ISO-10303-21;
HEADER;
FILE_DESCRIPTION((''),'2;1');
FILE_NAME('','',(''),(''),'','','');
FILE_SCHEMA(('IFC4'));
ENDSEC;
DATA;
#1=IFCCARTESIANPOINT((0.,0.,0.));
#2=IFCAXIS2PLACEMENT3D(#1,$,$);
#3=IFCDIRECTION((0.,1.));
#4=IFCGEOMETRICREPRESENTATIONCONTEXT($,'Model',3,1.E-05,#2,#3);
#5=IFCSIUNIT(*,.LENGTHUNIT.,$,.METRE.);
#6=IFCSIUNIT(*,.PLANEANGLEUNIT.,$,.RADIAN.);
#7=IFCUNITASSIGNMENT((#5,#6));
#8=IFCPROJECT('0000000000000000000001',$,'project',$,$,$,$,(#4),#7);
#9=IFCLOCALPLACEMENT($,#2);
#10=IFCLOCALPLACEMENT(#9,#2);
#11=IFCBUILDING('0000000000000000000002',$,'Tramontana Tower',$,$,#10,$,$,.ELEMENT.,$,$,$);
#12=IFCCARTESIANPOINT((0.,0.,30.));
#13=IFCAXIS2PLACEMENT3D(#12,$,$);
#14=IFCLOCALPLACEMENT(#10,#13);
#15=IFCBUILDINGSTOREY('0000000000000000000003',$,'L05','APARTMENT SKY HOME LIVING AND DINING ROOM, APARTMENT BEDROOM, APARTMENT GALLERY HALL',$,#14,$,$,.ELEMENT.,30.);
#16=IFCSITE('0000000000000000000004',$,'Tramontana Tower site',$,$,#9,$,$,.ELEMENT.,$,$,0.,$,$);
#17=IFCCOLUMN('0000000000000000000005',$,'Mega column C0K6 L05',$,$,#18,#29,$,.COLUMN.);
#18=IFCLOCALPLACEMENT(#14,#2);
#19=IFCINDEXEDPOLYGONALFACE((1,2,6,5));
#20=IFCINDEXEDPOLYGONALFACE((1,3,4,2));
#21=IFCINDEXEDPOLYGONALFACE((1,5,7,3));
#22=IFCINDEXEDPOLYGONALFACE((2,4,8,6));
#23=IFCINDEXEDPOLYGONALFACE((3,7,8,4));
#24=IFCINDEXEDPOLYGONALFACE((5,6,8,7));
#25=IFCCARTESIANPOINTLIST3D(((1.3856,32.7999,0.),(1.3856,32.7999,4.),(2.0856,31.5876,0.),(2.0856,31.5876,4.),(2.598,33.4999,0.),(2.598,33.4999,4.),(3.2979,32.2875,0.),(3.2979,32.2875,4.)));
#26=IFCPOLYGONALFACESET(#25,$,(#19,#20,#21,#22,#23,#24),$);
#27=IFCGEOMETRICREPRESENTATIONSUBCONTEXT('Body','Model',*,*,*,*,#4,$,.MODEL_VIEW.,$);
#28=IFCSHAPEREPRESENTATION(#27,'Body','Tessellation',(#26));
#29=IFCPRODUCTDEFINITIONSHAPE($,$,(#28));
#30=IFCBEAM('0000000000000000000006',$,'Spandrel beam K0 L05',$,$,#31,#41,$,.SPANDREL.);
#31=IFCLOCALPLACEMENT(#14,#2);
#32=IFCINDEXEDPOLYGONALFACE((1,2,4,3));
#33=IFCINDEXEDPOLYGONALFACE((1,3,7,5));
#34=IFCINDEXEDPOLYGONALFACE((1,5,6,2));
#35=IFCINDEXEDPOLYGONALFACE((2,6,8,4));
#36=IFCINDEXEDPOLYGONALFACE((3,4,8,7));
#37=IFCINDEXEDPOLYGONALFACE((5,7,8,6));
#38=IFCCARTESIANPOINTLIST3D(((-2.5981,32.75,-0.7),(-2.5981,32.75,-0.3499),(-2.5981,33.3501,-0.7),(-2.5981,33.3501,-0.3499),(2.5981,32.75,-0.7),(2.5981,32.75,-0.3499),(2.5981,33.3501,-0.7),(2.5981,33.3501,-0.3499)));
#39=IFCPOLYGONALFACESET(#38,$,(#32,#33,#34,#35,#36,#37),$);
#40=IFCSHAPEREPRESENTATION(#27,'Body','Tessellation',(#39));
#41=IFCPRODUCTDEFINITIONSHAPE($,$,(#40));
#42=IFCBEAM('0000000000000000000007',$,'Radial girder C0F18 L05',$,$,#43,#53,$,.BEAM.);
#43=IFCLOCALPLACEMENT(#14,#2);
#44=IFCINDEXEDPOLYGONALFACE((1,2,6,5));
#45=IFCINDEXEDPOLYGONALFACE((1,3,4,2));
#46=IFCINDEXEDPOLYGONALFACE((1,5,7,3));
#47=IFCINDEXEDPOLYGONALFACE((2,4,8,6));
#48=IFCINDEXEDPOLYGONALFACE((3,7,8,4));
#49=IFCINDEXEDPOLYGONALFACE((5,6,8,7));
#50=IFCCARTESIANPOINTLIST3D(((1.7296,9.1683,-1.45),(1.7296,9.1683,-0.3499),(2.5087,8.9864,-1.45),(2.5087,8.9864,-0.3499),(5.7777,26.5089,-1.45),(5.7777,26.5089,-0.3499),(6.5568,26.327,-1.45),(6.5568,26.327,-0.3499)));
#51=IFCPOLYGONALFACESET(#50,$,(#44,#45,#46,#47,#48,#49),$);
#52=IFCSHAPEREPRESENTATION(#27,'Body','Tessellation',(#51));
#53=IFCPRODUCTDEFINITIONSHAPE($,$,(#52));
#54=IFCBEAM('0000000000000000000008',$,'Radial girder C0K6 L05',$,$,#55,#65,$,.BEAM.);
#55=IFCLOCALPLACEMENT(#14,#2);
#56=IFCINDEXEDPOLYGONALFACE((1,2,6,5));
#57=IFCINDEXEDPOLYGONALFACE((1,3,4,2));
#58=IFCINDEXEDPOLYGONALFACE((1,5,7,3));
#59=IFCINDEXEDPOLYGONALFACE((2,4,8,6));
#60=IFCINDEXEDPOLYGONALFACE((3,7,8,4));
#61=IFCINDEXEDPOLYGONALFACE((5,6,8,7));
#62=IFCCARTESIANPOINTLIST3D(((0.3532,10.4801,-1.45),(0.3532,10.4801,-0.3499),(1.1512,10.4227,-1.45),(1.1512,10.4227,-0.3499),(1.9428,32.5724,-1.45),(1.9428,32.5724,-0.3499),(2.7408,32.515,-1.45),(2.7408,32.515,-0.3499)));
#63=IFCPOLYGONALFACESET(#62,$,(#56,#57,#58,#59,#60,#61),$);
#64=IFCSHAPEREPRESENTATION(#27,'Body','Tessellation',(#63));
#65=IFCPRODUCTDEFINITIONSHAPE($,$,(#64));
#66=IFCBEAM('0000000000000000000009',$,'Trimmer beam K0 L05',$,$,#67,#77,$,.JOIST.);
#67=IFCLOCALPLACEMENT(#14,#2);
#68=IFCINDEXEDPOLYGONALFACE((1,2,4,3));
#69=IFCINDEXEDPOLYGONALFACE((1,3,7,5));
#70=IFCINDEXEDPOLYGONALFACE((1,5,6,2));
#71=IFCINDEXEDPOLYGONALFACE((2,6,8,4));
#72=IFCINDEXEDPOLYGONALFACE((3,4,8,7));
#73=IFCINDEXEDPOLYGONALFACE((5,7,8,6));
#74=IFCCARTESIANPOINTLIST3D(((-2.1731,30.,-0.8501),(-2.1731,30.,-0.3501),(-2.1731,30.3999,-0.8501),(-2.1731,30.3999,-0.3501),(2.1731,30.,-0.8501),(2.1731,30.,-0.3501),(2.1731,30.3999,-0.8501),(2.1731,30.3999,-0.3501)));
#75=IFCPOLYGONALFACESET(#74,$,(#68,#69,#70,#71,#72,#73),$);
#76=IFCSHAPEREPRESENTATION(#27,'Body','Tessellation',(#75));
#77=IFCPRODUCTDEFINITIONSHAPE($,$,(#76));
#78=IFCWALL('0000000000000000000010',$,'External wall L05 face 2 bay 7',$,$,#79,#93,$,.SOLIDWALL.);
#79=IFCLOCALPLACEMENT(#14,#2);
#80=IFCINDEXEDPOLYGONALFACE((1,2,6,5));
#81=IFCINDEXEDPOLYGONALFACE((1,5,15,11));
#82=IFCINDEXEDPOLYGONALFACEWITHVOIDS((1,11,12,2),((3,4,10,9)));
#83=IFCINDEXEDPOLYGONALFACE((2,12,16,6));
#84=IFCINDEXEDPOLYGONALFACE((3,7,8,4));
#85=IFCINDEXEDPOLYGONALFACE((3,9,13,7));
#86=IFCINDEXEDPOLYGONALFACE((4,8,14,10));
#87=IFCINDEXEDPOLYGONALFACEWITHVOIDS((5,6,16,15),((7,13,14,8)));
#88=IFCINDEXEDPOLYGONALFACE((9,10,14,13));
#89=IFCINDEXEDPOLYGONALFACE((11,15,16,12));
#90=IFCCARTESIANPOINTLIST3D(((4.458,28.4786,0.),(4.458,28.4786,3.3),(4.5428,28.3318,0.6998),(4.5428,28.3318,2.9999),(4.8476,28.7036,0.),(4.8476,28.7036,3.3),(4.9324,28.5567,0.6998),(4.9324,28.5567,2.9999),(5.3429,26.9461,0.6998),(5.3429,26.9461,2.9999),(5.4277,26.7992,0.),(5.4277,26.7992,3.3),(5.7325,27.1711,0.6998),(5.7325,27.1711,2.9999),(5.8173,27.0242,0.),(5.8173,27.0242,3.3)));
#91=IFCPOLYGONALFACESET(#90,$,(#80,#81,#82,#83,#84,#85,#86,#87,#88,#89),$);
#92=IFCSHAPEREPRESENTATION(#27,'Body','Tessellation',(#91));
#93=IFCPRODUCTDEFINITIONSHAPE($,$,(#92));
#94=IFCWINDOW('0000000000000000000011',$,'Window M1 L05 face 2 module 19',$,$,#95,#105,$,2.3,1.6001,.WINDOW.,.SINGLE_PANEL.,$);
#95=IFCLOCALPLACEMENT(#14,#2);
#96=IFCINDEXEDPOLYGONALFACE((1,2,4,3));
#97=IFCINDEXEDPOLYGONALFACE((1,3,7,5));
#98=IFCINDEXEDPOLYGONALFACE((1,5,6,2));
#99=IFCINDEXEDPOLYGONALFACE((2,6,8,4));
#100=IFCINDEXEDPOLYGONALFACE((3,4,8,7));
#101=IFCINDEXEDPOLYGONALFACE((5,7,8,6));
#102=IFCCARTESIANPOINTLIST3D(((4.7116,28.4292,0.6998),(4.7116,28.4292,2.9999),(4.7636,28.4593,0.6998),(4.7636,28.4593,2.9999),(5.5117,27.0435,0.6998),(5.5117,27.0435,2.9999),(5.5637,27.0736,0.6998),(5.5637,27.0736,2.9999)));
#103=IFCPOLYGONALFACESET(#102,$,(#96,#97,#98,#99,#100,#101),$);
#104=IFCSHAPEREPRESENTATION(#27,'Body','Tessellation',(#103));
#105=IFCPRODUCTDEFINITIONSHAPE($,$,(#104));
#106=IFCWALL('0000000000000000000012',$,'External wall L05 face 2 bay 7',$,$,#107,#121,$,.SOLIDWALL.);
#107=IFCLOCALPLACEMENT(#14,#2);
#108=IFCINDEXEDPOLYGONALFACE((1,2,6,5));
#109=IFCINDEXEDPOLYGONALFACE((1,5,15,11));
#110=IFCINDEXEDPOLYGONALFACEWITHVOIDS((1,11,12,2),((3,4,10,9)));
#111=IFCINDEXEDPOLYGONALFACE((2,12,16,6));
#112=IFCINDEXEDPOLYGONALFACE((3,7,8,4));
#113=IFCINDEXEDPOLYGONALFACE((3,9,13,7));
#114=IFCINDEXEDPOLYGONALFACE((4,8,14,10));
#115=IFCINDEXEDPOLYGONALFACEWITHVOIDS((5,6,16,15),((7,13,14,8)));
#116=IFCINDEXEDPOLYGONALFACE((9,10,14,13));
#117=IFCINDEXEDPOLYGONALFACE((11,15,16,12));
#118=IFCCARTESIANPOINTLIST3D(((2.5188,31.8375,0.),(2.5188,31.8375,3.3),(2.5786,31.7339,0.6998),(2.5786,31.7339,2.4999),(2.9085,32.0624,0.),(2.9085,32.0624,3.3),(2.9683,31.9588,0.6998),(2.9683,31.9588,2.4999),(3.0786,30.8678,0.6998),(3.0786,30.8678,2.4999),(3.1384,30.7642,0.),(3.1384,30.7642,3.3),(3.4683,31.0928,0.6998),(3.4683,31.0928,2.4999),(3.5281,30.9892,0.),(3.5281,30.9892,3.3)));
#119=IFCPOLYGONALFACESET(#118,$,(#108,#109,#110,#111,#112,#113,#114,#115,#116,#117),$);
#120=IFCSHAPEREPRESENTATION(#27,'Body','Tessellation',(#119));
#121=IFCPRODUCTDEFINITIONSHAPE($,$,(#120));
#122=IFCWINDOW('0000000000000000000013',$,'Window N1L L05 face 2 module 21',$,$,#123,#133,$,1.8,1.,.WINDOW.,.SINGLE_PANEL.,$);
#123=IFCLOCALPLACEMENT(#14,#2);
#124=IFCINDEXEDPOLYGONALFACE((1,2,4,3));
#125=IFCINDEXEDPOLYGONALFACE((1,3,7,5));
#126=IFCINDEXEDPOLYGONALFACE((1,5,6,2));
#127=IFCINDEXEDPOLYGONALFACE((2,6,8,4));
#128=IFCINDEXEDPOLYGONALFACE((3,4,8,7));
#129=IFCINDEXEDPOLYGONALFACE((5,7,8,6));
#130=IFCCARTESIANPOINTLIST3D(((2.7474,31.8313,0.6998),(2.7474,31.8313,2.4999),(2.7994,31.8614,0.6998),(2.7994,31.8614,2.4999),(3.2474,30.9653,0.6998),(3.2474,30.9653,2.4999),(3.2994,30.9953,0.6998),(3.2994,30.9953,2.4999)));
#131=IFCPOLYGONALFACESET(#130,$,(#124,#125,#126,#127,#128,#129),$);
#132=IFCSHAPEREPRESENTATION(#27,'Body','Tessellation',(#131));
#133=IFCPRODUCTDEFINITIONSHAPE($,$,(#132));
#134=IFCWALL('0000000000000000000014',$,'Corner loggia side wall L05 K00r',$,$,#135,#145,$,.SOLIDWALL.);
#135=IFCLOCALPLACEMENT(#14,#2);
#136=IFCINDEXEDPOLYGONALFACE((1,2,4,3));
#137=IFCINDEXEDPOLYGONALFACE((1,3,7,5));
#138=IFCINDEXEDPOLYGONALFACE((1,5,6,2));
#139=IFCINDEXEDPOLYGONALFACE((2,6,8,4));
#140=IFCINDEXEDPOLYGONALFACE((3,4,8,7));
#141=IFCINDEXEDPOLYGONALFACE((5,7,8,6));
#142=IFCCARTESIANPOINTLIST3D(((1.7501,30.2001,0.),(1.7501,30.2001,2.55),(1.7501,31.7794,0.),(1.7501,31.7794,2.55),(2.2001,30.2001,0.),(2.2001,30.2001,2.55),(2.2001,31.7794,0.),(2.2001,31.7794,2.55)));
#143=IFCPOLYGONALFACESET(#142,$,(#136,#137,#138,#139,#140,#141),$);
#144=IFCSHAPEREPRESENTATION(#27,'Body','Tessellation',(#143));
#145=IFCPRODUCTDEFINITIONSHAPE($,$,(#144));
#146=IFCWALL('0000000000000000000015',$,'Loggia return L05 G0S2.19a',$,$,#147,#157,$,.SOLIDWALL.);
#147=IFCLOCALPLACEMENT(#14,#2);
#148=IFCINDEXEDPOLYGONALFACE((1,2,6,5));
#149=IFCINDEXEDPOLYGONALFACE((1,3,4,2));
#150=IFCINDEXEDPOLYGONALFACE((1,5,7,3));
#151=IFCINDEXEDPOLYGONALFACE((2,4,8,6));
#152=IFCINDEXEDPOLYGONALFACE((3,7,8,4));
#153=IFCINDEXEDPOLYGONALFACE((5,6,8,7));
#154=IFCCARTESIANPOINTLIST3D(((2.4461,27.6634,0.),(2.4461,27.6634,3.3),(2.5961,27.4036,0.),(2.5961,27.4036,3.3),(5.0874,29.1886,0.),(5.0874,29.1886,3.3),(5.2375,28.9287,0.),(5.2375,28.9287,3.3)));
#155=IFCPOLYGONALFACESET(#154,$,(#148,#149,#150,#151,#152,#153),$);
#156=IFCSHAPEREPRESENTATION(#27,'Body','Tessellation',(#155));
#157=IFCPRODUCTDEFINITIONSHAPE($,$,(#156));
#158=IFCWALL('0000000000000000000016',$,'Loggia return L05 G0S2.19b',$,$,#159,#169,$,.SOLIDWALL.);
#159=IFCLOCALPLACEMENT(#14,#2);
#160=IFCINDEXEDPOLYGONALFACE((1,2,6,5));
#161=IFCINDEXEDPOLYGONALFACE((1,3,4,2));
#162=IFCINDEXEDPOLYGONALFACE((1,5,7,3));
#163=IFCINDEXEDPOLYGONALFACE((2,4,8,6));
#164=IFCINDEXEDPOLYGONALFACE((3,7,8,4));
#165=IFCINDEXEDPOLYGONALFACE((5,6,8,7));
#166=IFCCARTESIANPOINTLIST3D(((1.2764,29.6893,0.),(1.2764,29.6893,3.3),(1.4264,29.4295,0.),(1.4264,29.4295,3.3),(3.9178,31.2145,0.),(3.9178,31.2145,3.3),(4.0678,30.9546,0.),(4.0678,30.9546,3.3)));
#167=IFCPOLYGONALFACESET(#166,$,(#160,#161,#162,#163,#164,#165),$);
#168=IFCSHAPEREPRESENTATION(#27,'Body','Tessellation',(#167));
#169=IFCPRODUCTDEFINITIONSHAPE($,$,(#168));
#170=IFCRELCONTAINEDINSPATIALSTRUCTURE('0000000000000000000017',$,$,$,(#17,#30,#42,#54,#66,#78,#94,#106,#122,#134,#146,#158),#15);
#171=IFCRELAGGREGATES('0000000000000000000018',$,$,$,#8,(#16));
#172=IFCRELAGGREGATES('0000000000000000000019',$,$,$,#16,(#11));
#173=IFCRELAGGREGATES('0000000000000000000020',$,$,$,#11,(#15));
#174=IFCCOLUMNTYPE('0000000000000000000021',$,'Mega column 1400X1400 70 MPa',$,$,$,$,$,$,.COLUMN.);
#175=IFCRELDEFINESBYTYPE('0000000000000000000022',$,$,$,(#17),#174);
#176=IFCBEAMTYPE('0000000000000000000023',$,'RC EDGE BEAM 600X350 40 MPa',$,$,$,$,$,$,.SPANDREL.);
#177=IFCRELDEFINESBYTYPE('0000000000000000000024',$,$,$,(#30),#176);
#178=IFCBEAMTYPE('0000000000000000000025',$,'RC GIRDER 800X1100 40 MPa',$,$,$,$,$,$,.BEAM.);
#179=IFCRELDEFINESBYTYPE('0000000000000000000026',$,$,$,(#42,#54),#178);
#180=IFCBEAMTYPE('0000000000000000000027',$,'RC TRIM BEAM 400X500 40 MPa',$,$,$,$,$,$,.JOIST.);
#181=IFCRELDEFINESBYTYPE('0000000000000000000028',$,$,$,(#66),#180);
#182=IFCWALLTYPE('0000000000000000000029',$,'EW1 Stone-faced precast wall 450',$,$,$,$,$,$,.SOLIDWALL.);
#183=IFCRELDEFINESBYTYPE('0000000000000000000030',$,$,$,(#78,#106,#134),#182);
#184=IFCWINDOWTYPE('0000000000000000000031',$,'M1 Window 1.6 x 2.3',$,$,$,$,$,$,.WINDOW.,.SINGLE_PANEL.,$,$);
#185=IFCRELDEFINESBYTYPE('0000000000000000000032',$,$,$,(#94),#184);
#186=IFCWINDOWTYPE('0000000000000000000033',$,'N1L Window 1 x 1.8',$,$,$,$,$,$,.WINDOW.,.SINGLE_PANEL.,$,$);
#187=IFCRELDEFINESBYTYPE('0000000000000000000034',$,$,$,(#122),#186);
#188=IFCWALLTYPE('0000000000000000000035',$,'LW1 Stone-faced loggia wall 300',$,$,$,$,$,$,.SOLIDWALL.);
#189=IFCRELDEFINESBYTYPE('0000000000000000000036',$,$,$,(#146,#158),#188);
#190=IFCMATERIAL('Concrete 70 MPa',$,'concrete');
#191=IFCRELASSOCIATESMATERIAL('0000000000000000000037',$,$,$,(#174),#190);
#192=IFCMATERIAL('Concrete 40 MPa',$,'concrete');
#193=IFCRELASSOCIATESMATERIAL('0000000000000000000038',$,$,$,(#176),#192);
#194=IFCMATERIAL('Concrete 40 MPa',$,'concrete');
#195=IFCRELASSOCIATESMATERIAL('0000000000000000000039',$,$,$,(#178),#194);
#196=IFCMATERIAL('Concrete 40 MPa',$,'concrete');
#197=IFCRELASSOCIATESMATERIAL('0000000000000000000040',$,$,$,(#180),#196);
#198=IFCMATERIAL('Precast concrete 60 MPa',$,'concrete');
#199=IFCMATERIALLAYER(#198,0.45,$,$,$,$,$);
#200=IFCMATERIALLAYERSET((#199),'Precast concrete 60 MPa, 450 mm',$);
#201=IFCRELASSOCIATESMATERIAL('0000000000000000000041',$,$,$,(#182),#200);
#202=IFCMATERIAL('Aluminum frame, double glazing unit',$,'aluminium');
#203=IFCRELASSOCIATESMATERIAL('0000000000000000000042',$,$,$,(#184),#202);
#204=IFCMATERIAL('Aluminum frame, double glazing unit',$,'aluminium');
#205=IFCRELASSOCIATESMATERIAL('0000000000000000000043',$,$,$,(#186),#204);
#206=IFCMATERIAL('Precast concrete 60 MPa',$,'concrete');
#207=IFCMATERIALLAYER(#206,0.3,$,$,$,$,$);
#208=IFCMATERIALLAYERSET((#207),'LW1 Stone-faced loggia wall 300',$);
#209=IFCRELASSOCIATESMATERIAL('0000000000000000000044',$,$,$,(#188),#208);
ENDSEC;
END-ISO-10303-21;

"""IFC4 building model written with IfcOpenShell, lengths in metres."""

from ifc_helpers import new_model, si_unit, direction, frame, frame_2d, origin, origin_2d, place, context, subcontext, project, spatial, rectangle, extrude, material, layer, layer_set, material_profile, profile_set, type_object, element, fill, save


model = new_model("IFC4")

# Units and contexts
model_context = context("Model", 3, precision=1e-05, world=origin(), true_north=direction((0.0, 1.0)))
body_context = subcontext(model_context, "Body", "Model", "MODEL_VIEW")
ifc_project = project(units=[si_unit("LENGTHUNIT", "METRE"), si_unit("PLANEANGLEUNIT", "RADIAN")], contexts=[model_context])

# Site, building, storey
site_placement = place(None, origin())
site = spatial("IfcSite", under=ifc_project, at=site_placement, Name="Tramontana Tower site", CompositionType="ELEMENT", RefElevation=0.0)
building_placement = place(site_placement, origin())
building = spatial("IfcBuilding", under=site, at=building_placement, Name="Tramontana Tower", CompositionType="ELEMENT")
storey_placement = place(building_placement, frame((0.0, 0.0, 30.0)))
storey = spatial("IfcBuildingStorey", under=building, at=storey_placement, Name="L05", Description="APARTMENT SKY HOME LIVING AND DINING ROOM, APARTMENT BEDROOM, APARTMENT GALLERY HALL", CompositionType="ELEMENT", Elevation=30.0)

# Column
ifc_material_1 = material(Name="Concrete 70 MPa", Category="concrete")
ifc_material_profile_1 = material_profile(ifc_material_1, rectangle(XDim=1.3999, YDim=1.3999, at=origin_2d()), Name="Mega column 1400X1400 70 MPa")
ifc_profile_set_1 = profile_set([ifc_material_profile_1], Name="Concrete 70 MPa")
column_type = type_object("IfcColumnType", Name="Mega column 1400X1400 70 MPa", PredefinedType="COLUMN", material=ifc_profile_set_1)
column_placement = place(storey_placement, frame((2.3418, 32.5437, 0.0), z_axis=(0.0, 0.0, 1.0), x_axis=(-0.5, 0.866025, 0.0)))
element("IfcColumn", 1, at=column_placement, inside=storey, type_object=column_type, Name="Mega column C0K6 L05", PredefinedType="COLUMN", context=body_context, shape_type="SweptSolid", body=[
    extrude(rectangle(XDim=1.3999, YDim=1.3999, at=origin_2d()), origin(), (0.0, 0.0, 1.0), 4.0),
])

# Beams
ifc_material_2 = material(Name="Concrete 40 MPa", Category="concrete")
ifc_material_profile_2 = material_profile(ifc_material_2, rectangle(XDim=0.6001, YDim=0.3501, at=origin_2d()), Name="RC EDGE BEAM 600X350 40 MPa")
ifc_profile_set_2 = profile_set([ifc_material_profile_2], Name="Concrete 40 MPa")
beam_type_1 = type_object("IfcBeamType", Name="RC EDGE BEAM 600X350 40 MPa", PredefinedType="SPANDREL", material=ifc_profile_set_2)
beam_1_placement = place(storey_placement, frame((2.5981, 33.05, -0.5249), z_axis=(-1.0, 0.0, 0.0), x_axis=(0.0, -1.0, 0.0)))
element("IfcBeam", 2, at=beam_1_placement, inside=storey, type_object=beam_type_1, Name="Spandrel beam K0 L05", PredefinedType="SPANDREL", context=body_context, shape_type="SweptSolid", body=[
    extrude(rectangle(XDim=0.6001, YDim=0.3501, at=origin_2d()), origin(), (0.0, 0.0, 1.0), 5.1963),
])
ifc_material_3 = material(Name="Concrete 40 MPa", Category="concrete")
ifc_material_profile_3 = material_profile(ifc_material_3, rectangle(XDim=0.8, YDim=1.1001, at=origin_2d()), Name="RC GIRDER 800X1100 40 MPa")
ifc_profile_set_3 = profile_set([ifc_material_profile_3], Name="Concrete 40 MPa")
beam_type_2 = type_object("IfcBeamType", Name="RC GIRDER 800X1100 40 MPa", PredefinedType="BEAM", material=ifc_profile_set_3)
beam_2_placement = place(storey_placement, frame((6.1672, 26.418, -0.8999), z_axis=(-0.227334, -0.973817, 0.0), x_axis=(0.973817, -0.227334, 0.0)))
element("IfcBeam", 3, at=beam_2_placement, inside=storey, type_object=beam_type_2, Name="Radial girder C0F18 L05", PredefinedType="BEAM", context=body_context, shape_type="SweptSolid", body=[
    extrude(rectangle(XDim=0.8, YDim=1.1001, at=origin_2d()), origin(), (0.0, 0.0, 1.0), 17.8069),
])
beam_3_placement = place(storey_placement, frame((2.3418, 32.5437, -0.8999), z_axis=(-0.071767, -0.997421, 0.0), x_axis=(0.997421, -0.071767, 0.0)))
element("IfcBeam", 4, at=beam_3_placement, inside=storey, type_object=beam_type_2, Name="Radial girder C0K6 L05", PredefinedType="BEAM", context=body_context, shape_type="SweptSolid", body=[
    extrude(rectangle(XDim=0.8, YDim=1.1001, at=origin_2d()), origin(), (0.0, 0.0, 1.0), 22.1494),
])
ifc_material_4 = material(Name="Concrete 40 MPa", Category="concrete")
ifc_material_profile_4 = material_profile(ifc_material_4, rectangle(XDim=0.3999, YDim=0.5, at=origin_2d()), Name="RC TRIM BEAM 400X500 40 MPa")
ifc_profile_set_4 = profile_set([ifc_material_profile_4], Name="Concrete 40 MPa")
beam_type_3 = type_object("IfcBeamType", Name="RC TRIM BEAM 400X500 40 MPa", PredefinedType="JOIST", material=ifc_profile_set_4)
beam_4_placement = place(storey_placement, frame((2.1731, 30.2, -0.6001), z_axis=(-1.0, 0.0, 0.0), x_axis=(0.0, -1.0, 0.0)))
element("IfcBeam", 5, at=beam_4_placement, inside=storey, type_object=beam_type_3, Name="Trimmer beam K0 L05", PredefinedType="JOIST", context=body_context, shape_type="SweptSolid", body=[
    extrude(rectangle(XDim=0.3999, YDim=0.5, at=origin_2d()), origin(), (0.0, 0.0, 1.0), 4.3462),
])

# Walls, openings, windows
ifc_material_5 = material(Name="Precast concrete 60 MPa", Category="concrete")
ifc_layer_1 = layer(ifc_material_5, 0.45)
ifc_layer_set_1 = layer_set([ifc_layer_1], Name="Precast concrete 60 MPa, 450 mm")
wall_type_1 = type_object("IfcWallType", Name="EW1 Stone-faced precast wall 450", PredefinedType="SOLIDWALL", material=ifc_layer_set_1)
wall_1_placement = place(storey_placement, frame((5.6226, 26.9116, 0.0), z_axis=(0.0, 0.0, 1.0), x_axis=(-0.500038, 0.866003, 0.0)))
wall_1 = element("IfcWall", 6, at=wall_1_placement, inside=storey, type_object=wall_type_1, Name="External wall L05 face 2 bay 7", PredefinedType="SOLIDWALL", context=body_context, shape_type="SweptSolid", body=[
    extrude(rectangle(XDim=1.9392, YDim=0.45, at=frame_2d((0.9697, 0.0))), origin(), (0.0, 0.0, 1.0), 3.3),
])
opening_1_placement = place(wall_1_placement, frame((0.1697, 0.0, 0.7)))
opening_1 = element("IfcOpeningElement", 7, at=opening_1_placement, cuts=wall_1, PredefinedType="OPENING", context=body_context, shape_type="SweptSolid", body=[
    extrude(rectangle(XDim=1.6001, YDim=2.3, at=frame_2d((0.8, 1.1499))), frame((0.0, 0.2349, 0.0), z_axis=(0.0, -1.0, 0.0), x_axis=(1.0, 0.0, 0.0)), (0.0, 0.0, 1.0), 0.47),
])
ifc_material_6 = material(Name="Aluminum frame, double glazing unit", Category="aluminium")
window_type_1 = type_object("IfcWindowType", Name="M1 Window 1.6 x 2.3", PartitioningType="SINGLE_PANEL", PredefinedType="WINDOW", material=ifc_material_6)
window_1_placement = place(opening_1_placement, origin())
window_1 = element("IfcWindow", 8, at=window_1_placement, inside=storey, type_object=window_type_1, Name="Window M1 L05 face 2 module 19", OverallHeight=2.3, OverallWidth=1.6001, PartitioningType="SINGLE_PANEL", PredefinedType="WINDOW", context=body_context, shape_type="SweptSolid", body=[
    extrude(rectangle(XDim=1.6001, YDim=2.3, at=frame_2d((0.8, 1.1499))), frame((0.0, 0.03, 0.0), z_axis=(0.0, -1.0, 0.0), x_axis=(1.0, 0.0, 0.0)), (0.0, 0.0, 1.0), 0.0601),
])
fill(opening_1, window_1)
wall_2_placement = place(storey_placement, frame((3.3333, 30.8767, 0.0), z_axis=(0.0, 0.0, 1.0), x_axis=(-0.499995, 0.866028, 0.0)))
wall_2 = element("IfcWall", 9, at=wall_2_placement, inside=storey, type_object=wall_type_1, Name="External wall L05 face 2 bay 7", PredefinedType="SOLIDWALL", context=body_context, shape_type="SweptSolid", body=[
    extrude(rectangle(XDim=1.2393, YDim=0.45, at=frame_2d((0.6196, 0.0))), origin(), (0.0, 0.0, 1.0), 3.3),
])
opening_2_placement = place(wall_2_placement, frame((0.1196, 0.0, 0.7)))
opening_2 = element("IfcOpeningElement", 10, at=opening_2_placement, cuts=wall_2, PredefinedType="OPENING", context=body_context, shape_type="SweptSolid", body=[
    extrude(rectangle(XDim=1.0, YDim=1.8, at=frame_2d((0.5, 0.8999))), frame((0.0, 0.2349, 0.0), z_axis=(0.0, -1.0, 0.0), x_axis=(1.0, 0.0, 0.0)), (0.0, 0.0, 1.0), 0.47),
])
ifc_material_7 = material(Name="Aluminum frame, double glazing unit", Category="aluminium")
window_type_2 = type_object("IfcWindowType", Name="N1L Window 1 x 1.8", PartitioningType="SINGLE_PANEL", PredefinedType="WINDOW", material=ifc_material_7)
window_2_placement = place(opening_2_placement, origin())
window_2 = element("IfcWindow", 11, at=window_2_placement, inside=storey, type_object=window_type_2, Name="Window N1L L05 face 2 module 21", OverallHeight=1.8, OverallWidth=1.0, PartitioningType="SINGLE_PANEL", PredefinedType="WINDOW", context=body_context, shape_type="SweptSolid", body=[
    extrude(rectangle(XDim=1.0, YDim=1.8, at=frame_2d((0.5, 0.8999))), frame((0.0, 0.03, 0.0), z_axis=(0.0, -1.0, 0.0), x_axis=(1.0, 0.0, 0.0)), (0.0, 0.0, 1.0), 0.0601),
])
fill(opening_2, window_2)

# Wall
wall_3_placement = place(storey_placement, frame((1.9751, 31.7793, 0.0), z_axis=(0.0, 0.0, 1.0), x_axis=(0.0, -1.0, 0.0)))
element("IfcWall", 12, at=wall_3_placement, inside=storey, type_object=wall_type_1, Name="Corner loggia side wall L05 K00r", PredefinedType="SOLIDWALL", context=body_context, shape_type="SweptSolid", body=[
    extrude(rectangle(XDim=1.5793, YDim=0.45, at=frame_2d((0.7896, 0.0))), origin(), (0.0, 0.0, 1.0), 2.55),
])

# Shared definitions
ifc_material_8 = material(Name="Precast concrete 60 MPa", Category="concrete")
ifc_layer_2 = layer(ifc_material_8, 0.3)
ifc_layer_set_2 = layer_set([ifc_layer_2], Name="LW1 Stone-faced loggia wall 300")
wall_type_2 = type_object("IfcWallType", Name="LW1 Stone-faced loggia wall 300", PredefinedType="SOLIDWALL", material=ifc_layer_set_2)

# Walls
for number, where, z_axis, x_axis, name in (
    (13, (5.1624, 29.0586, 0.0), (0.0, 0.0, 1.0), (-0.866003, -0.500039, 0.0), "Loggia return L05 G0S2.19a"),
    (14, (3.9927, 31.0845, 0.0), (0.0, 0.0, 1.0), (-0.866003, -0.500039, 0.0), "Loggia return L05 G0S2.19b"),
):
    element("IfcWall", number, at=place(storey_placement, frame(where, z_axis=z_axis, x_axis=x_axis)), inside=storey, type_object=wall_type_2, Name=name, PredefinedType="SOLIDWALL", context=body_context, shape_type="SweptSolid", body=[
        extrude(rectangle(XDim=3.05, YDim=0.3, at=frame_2d((1.5249, 0.0))), origin(), (0.0, 0.0, 1.0), 3.3),
    ])

save(model, "model.ifc")
